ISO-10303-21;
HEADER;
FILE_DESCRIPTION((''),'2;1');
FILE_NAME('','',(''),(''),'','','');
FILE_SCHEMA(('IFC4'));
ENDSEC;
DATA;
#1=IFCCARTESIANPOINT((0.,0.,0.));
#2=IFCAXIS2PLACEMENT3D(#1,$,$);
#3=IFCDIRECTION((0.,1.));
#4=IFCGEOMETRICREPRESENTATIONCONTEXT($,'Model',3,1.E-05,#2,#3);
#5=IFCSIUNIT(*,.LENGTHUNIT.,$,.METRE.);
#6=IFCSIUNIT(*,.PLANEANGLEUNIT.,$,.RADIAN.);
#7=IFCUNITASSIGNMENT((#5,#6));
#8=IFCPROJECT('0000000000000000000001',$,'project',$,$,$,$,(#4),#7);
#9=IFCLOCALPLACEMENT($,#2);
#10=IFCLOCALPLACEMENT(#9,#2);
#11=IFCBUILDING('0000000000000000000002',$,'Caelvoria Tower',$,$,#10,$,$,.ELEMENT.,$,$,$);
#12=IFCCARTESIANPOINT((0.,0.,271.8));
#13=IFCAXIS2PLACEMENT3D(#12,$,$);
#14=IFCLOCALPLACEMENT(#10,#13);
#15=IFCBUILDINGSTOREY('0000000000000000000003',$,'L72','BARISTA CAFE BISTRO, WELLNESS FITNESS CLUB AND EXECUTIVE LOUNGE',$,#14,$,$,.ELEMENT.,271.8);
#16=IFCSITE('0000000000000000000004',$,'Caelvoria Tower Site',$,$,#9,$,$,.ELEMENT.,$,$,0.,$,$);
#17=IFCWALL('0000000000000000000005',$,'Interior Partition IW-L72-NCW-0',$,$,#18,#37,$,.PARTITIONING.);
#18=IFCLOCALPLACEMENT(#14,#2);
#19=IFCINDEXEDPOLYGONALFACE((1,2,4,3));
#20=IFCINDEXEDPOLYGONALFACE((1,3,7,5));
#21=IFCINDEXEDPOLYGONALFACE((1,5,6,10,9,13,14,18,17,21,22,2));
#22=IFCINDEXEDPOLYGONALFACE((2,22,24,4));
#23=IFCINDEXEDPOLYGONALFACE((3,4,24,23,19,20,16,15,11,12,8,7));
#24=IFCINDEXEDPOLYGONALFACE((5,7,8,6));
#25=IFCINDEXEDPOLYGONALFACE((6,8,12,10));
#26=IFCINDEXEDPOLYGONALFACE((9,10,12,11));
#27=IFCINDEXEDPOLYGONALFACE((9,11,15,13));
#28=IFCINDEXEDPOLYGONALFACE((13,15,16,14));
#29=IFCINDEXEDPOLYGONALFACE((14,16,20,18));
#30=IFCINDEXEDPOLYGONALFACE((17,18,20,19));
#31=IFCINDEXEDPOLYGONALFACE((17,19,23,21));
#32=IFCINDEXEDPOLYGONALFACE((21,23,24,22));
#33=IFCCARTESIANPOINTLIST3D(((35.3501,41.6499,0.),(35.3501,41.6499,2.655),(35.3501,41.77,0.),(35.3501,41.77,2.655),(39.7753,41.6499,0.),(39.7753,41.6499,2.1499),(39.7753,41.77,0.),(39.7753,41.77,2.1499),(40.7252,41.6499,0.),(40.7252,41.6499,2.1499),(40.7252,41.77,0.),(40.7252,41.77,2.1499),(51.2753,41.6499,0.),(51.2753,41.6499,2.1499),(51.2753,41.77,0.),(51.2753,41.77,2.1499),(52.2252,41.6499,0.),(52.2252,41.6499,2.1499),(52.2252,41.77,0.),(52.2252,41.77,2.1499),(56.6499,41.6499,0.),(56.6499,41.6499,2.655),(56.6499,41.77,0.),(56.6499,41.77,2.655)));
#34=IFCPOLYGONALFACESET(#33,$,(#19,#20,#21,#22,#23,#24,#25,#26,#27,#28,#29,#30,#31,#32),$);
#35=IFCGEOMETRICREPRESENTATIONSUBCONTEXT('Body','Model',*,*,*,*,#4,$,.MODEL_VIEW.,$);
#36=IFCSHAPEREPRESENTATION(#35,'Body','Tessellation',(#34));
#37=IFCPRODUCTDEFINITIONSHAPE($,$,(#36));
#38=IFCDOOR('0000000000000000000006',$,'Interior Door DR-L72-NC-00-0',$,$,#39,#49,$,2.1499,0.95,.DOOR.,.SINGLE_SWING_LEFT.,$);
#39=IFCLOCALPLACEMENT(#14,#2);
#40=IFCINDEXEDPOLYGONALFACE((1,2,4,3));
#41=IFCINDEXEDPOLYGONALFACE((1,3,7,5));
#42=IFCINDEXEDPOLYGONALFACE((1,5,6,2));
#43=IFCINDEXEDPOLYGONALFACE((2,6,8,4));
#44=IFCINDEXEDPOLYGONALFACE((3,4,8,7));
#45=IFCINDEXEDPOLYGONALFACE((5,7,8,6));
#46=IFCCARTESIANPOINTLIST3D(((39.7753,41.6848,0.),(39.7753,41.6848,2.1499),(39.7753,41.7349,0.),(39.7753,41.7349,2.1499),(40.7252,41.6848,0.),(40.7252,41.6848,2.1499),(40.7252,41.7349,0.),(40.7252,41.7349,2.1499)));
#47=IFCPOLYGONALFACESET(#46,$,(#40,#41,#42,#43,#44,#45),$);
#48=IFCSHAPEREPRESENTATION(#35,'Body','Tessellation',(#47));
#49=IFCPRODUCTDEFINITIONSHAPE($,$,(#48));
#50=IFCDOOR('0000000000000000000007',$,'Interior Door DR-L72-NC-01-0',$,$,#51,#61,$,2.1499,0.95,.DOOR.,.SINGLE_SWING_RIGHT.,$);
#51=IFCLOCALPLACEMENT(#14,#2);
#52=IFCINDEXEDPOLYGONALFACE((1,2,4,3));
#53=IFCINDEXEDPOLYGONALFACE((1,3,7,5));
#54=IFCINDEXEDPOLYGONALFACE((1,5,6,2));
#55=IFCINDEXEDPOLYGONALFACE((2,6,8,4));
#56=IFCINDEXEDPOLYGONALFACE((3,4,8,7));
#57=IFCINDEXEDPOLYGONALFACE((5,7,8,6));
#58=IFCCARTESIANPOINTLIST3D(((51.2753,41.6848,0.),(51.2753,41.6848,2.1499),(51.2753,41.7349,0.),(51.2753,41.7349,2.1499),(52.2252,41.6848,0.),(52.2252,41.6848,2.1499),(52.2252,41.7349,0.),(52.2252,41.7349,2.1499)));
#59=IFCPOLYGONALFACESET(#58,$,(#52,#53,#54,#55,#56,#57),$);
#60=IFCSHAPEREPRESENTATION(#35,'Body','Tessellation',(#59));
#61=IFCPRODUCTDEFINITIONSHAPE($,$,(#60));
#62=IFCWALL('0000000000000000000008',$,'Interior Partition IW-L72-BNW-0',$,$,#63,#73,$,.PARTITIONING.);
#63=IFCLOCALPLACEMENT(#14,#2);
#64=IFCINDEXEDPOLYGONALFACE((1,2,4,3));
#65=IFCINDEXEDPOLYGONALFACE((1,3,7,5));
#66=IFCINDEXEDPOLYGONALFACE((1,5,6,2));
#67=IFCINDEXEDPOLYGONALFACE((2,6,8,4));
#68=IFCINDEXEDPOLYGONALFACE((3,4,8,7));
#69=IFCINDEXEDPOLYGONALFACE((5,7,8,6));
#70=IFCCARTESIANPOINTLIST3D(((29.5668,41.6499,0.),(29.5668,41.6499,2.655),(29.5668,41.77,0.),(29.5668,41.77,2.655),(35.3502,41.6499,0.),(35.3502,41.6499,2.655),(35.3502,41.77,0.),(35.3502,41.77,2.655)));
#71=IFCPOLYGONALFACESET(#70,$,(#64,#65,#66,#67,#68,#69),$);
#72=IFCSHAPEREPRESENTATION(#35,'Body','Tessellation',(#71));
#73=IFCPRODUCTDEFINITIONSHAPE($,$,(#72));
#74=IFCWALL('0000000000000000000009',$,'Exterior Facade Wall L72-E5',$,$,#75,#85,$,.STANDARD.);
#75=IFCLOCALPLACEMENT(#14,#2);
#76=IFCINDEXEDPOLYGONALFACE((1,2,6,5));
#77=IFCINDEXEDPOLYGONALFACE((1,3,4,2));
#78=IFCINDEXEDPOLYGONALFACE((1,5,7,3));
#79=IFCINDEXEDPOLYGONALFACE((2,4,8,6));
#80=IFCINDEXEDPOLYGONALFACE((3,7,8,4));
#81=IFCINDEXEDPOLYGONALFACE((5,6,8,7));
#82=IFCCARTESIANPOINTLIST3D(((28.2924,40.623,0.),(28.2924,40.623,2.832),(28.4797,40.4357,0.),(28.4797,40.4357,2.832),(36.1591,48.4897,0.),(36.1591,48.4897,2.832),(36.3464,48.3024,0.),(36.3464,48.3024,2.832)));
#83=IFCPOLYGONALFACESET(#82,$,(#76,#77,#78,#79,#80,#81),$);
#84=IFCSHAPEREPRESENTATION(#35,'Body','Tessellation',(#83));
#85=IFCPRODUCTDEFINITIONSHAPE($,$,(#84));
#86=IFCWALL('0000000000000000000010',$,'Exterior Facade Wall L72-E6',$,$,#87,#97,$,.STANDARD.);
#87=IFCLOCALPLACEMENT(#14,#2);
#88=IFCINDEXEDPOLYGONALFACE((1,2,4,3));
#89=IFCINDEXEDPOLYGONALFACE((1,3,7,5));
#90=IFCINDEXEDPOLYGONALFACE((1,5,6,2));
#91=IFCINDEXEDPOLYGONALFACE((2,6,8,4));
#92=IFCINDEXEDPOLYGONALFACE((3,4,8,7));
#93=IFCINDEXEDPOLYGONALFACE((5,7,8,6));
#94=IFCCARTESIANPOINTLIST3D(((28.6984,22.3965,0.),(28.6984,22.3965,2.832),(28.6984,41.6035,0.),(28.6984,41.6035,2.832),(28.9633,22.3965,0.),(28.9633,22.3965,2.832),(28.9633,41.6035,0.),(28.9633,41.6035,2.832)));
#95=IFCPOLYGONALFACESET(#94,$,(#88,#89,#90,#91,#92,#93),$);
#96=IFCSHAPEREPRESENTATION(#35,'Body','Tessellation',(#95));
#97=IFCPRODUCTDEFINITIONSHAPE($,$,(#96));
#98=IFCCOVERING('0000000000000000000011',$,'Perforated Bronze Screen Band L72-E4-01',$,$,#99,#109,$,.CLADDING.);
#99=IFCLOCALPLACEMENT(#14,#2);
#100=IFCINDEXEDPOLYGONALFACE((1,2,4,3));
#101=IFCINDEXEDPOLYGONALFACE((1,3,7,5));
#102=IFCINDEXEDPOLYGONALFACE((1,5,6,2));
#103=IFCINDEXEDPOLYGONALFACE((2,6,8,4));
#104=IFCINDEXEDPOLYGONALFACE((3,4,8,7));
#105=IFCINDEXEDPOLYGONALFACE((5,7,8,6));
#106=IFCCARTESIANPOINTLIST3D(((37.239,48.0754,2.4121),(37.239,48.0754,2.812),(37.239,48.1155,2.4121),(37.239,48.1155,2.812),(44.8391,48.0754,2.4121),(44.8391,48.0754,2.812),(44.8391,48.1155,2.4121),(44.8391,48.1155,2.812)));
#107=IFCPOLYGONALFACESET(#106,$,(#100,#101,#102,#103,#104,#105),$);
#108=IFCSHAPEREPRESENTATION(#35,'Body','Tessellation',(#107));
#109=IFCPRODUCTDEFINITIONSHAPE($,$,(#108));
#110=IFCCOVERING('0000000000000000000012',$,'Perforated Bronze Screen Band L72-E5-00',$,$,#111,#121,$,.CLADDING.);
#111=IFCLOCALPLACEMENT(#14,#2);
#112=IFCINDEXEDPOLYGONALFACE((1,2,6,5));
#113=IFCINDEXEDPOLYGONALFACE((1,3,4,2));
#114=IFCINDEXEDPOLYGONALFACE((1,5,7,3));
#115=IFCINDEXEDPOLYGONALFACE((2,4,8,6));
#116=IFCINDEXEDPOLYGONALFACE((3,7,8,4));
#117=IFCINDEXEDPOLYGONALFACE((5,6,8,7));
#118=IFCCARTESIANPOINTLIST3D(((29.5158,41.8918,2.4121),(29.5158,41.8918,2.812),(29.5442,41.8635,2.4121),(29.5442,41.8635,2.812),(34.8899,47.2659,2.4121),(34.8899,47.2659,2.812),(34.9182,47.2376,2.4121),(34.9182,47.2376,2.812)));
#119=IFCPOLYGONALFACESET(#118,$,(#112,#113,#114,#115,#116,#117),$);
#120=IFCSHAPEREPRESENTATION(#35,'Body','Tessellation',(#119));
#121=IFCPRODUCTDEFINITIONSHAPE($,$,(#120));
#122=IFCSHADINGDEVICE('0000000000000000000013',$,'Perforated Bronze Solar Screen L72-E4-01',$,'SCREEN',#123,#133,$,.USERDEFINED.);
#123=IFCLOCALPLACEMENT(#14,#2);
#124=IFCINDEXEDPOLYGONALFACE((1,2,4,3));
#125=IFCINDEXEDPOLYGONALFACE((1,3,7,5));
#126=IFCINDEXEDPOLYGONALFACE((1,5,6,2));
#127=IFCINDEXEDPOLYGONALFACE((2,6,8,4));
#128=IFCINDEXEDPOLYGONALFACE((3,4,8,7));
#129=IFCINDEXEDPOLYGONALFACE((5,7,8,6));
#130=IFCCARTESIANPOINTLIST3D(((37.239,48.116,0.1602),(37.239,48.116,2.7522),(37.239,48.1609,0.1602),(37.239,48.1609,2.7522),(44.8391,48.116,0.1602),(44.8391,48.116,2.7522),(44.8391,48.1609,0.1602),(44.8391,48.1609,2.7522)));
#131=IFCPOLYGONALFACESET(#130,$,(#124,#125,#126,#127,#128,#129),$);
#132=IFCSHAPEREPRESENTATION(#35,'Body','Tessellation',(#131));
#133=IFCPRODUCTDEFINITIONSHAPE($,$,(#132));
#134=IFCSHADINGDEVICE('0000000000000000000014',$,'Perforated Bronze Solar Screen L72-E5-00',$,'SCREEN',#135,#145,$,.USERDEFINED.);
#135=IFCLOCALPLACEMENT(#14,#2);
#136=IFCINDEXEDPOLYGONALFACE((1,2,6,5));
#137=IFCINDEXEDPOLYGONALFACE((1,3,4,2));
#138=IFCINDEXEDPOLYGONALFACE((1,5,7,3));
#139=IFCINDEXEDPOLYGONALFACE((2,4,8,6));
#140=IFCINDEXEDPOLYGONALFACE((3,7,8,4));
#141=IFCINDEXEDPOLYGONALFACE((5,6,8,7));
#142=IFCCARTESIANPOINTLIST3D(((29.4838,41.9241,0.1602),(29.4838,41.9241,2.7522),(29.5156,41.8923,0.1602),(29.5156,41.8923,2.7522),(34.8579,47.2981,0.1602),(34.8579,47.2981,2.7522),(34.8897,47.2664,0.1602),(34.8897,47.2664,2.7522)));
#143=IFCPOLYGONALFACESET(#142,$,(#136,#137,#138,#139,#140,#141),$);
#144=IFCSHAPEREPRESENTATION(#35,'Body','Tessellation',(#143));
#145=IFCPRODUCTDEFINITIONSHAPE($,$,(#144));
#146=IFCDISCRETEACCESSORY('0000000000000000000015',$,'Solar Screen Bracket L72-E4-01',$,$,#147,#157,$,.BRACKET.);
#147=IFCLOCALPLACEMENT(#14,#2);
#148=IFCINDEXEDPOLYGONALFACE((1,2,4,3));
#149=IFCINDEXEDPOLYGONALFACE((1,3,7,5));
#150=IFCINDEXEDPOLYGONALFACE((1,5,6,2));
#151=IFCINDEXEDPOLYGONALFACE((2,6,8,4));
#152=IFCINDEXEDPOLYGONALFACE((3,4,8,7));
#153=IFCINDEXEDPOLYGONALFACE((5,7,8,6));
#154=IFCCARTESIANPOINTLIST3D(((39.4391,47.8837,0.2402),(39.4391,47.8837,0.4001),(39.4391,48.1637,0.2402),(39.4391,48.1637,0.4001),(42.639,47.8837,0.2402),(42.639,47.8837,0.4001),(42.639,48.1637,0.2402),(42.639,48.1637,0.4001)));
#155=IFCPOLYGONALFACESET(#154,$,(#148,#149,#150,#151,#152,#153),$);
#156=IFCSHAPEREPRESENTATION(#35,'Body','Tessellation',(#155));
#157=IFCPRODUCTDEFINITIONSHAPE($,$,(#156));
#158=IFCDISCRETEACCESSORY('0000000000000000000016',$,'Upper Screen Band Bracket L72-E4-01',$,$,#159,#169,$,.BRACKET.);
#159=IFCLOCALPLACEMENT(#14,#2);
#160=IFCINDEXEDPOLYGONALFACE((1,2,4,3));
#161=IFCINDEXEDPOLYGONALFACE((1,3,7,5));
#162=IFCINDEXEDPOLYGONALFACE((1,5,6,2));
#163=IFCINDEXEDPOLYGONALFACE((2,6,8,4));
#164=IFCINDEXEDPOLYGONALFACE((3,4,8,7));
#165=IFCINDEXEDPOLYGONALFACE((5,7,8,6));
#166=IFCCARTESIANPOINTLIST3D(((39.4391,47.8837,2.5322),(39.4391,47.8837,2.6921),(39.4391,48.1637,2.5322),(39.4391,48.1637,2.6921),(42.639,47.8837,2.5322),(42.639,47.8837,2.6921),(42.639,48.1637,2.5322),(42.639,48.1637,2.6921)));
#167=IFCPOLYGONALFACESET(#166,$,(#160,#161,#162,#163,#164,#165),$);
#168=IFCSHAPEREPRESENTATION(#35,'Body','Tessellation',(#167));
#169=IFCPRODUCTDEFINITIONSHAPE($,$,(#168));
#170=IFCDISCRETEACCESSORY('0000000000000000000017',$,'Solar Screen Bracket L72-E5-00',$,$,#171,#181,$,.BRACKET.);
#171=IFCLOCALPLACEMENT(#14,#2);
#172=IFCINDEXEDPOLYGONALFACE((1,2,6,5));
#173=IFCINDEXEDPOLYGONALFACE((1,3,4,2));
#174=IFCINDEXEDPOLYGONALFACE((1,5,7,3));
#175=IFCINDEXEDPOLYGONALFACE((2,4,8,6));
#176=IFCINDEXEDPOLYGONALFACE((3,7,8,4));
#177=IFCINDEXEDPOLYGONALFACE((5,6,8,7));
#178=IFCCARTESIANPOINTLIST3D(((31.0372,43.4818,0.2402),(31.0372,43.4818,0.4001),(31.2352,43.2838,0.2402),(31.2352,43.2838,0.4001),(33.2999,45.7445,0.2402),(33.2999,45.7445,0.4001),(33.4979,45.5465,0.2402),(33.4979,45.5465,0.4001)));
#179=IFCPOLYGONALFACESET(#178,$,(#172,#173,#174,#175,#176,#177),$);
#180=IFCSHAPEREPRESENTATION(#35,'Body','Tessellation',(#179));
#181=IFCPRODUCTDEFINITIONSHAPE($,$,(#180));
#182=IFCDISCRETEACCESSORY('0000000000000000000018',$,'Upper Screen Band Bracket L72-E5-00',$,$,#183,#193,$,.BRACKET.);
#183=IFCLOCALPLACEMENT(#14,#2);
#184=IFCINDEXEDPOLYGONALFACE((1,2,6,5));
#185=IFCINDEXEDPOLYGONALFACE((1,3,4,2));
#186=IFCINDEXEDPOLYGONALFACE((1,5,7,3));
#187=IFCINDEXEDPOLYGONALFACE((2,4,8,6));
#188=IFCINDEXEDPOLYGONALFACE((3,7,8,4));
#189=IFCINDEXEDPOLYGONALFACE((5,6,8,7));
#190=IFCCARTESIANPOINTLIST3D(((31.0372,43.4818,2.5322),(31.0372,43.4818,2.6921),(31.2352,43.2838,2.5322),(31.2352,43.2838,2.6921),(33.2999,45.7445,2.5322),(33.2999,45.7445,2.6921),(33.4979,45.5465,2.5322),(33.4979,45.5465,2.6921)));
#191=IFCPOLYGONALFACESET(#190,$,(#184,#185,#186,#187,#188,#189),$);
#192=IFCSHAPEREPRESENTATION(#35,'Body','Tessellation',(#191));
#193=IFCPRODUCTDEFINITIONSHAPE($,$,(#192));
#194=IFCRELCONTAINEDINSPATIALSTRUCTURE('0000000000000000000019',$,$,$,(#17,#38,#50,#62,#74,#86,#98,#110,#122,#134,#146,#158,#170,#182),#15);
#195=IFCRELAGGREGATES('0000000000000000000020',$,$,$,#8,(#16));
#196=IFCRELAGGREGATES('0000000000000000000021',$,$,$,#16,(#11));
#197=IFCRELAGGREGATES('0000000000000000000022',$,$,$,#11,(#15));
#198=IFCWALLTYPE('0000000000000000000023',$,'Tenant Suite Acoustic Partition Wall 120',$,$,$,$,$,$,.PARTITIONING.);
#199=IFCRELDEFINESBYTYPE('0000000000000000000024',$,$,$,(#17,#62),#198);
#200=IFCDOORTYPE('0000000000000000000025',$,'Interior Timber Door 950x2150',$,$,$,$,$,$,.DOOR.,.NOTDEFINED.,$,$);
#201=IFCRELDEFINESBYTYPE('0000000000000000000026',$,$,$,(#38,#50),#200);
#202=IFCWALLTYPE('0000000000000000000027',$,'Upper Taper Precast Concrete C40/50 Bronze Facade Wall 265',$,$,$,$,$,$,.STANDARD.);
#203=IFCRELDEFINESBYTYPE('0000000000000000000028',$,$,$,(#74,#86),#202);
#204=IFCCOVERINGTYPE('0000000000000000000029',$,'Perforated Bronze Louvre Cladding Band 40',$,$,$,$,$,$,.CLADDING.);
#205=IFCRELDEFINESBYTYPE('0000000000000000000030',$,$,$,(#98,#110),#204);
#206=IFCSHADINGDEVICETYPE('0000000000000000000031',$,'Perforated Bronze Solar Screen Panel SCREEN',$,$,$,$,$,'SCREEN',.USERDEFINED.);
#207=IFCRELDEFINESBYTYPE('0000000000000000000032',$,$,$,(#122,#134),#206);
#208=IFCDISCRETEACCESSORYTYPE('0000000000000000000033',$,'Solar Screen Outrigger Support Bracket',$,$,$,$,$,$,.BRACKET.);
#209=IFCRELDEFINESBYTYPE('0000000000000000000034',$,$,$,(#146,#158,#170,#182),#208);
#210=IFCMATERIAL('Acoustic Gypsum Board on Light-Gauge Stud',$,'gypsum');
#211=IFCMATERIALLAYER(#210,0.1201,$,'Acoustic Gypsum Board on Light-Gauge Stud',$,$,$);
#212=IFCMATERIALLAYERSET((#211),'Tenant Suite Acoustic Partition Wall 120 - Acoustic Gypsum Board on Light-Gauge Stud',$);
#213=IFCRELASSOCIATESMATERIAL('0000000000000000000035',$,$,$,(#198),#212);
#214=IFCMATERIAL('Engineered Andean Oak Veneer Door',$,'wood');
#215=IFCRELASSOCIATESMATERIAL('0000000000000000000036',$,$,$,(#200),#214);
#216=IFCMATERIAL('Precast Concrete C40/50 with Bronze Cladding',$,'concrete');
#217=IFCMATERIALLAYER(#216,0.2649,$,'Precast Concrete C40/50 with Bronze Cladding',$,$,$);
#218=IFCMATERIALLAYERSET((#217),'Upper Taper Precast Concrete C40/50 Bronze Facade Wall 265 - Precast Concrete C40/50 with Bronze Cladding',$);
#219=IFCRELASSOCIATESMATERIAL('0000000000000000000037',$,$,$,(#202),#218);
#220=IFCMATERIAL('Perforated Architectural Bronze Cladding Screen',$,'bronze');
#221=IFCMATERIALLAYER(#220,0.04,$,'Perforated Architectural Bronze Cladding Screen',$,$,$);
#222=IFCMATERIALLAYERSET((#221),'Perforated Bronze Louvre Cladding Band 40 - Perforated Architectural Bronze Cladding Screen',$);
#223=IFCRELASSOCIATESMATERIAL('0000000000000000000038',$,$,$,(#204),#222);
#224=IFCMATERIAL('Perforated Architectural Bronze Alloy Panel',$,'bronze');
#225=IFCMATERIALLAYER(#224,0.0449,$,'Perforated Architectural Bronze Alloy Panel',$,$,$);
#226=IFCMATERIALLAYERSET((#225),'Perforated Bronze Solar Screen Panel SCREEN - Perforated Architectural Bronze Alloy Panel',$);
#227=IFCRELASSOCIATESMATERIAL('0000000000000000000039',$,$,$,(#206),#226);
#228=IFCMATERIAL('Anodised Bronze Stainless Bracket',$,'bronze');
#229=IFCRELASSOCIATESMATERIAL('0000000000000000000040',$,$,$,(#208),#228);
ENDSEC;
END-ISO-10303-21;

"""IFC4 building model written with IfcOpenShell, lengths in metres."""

from ifc_helpers import new_model, si_unit, direction, frame, frame_2d, origin, origin_2d, place, context, subcontext, project, spatial, rectangle, extrude, material, layer, layer_set, type_object, element, fill, save


model = new_model("IFC4")

# Units and contexts
model_context = context("Model", 3, precision=1e-05, world=origin(), true_north=direction((0.0, 1.0)))
body_context = subcontext(model_context, "Body", "Model", "MODEL_VIEW")
ifc_project = project(units=[si_unit("LENGTHUNIT", "METRE"), si_unit("PLANEANGLEUNIT", "RADIAN")], contexts=[model_context])

# Site, building, storey
site_placement = place(None, origin())
site = spatial("IfcSite", under=ifc_project, at=site_placement, Name="Caelvoria Tower Site", CompositionType="ELEMENT", RefElevation=0.0)
building_placement = place(site_placement, origin())
building = spatial("IfcBuilding", under=site, at=building_placement, Name="Caelvoria Tower", CompositionType="ELEMENT")
storey_placement = place(building_placement, frame((0.0, 0.0, 271.8)))
storey = spatial("IfcBuildingStorey", under=building, at=storey_placement, Name="L72", Description="BARISTA CAFE BISTRO, WELLNESS FITNESS CLUB AND EXECUTIVE LOUNGE", CompositionType="ELEMENT", Elevation=271.8)

# Wall, openings, doors
ifc_material_1 = material(Name="Acoustic Gypsum Board on Light-Gauge Stud", Category="gypsum")
ifc_layer_1 = layer(ifc_material_1, 0.1201, Name="Acoustic Gypsum Board on Light-Gauge Stud")
ifc_layer_set_1 = layer_set([ifc_layer_1], Name="Tenant Suite Acoustic Partition Wall 120 - Acoustic Gypsum Board on Light-Gauge Stud")
wall_type_1 = type_object("IfcWallType", Name="Tenant Suite Acoustic Partition Wall 120", PredefinedType="PARTITIONING", material=ifc_layer_set_1)
wall_1_placement = place(storey_placement, frame((35.3501, 41.71, 0.0), z_axis=(0.0, 0.0, 1.0), x_axis=(1.0, 0.0, 0.0)))
wall_1 = element("IfcWall", 1, at=wall_1_placement, inside=storey, type_object=wall_type_1, Name="Interior Partition IW-L72-NCW-0", PredefinedType="PARTITIONING", context=body_context, shape_type="SweptSolid", body=[
    extrude(rectangle(XDim=21.2998, YDim=0.1201, at=frame_2d((10.6499, 0.0))), origin(), (0.0, 0.0, 1.0), 2.655),
])
opening_1_placement = place(wall_1_placement, frame((4.425, 0.0, 0.0)))
opening_1 = element("IfcOpeningElement", 2, at=opening_1_placement, cuts=wall_1, PredefinedType="OPENING", context=body_context, shape_type="SweptSolid", body=[
    extrude(rectangle(XDim=0.95, YDim=2.1499, at=frame_2d((0.4751, 1.075))), frame((0.0, 0.0701, 0.0), z_axis=(0.0, -1.0, 0.0), x_axis=(1.0, 0.0, 0.0)), (0.0, 0.0, 1.0), 0.1401),
])
opening_2_placement = place(wall_1_placement, frame((15.925, 0.0, 0.0)))
opening_2 = element("IfcOpeningElement", 3, at=opening_2_placement, cuts=wall_1, PredefinedType="OPENING", context=body_context, shape_type="SweptSolid", body=[
    extrude(rectangle(XDim=0.95, YDim=2.1499, at=frame_2d((0.4751, 1.075))), frame((0.0, 0.0701, 0.0), z_axis=(0.0, -1.0, 0.0), x_axis=(1.0, 0.0, 0.0)), (0.0, 0.0, 1.0), 0.1401),
])
ifc_material_2 = material(Name="Engineered Andean Oak Veneer Door", Category="wood")
door_type = type_object("IfcDoorType", Name="Interior Timber Door 950x2150", OperationType="NOTDEFINED", PredefinedType="DOOR", material=ifc_material_2)
door_1_placement = place(opening_1_placement, origin())
door_1 = element("IfcDoor", 4, at=door_1_placement, inside=storey, type_object=door_type, Name="Interior Door DR-L72-NC-00-0", OperationType="SINGLE_SWING_LEFT", OverallHeight=2.1499, OverallWidth=0.95, PredefinedType="DOOR", context=body_context, shape_type="SweptSolid", body=[
    extrude(rectangle(XDim=0.95, YDim=2.1499, at=frame_2d((0.4751, 1.075))), frame((0.0, 0.0249, 0.0), z_axis=(0.0, -1.0, 0.0), x_axis=(1.0, 0.0, 0.0)), (0.0, 0.0, 1.0), 0.05),
])
fill(opening_1, door_1)
door_2_placement = place(opening_2_placement, origin())
door_2 = element("IfcDoor", 5, at=door_2_placement, inside=storey, type_object=door_type, Name="Interior Door DR-L72-NC-01-0", OperationType="SINGLE_SWING_RIGHT", OverallHeight=2.1499, OverallWidth=0.95, PredefinedType="DOOR", context=body_context, shape_type="SweptSolid", body=[
    extrude(rectangle(XDim=0.95, YDim=2.1499, at=frame_2d((0.4751, 1.075))), frame((0.0, 0.0249, 0.0), z_axis=(0.0, -1.0, 0.0), x_axis=(1.0, 0.0, 0.0)), (0.0, 0.0, 1.0), 0.05),
])
fill(opening_2, door_2)

# Walls
wall_2_placement = place(storey_placement, frame((35.3501, 41.71, 0.0), z_axis=(0.0, 0.0, 1.0), x_axis=(-1.0, 0.0, 0.0)))
element("IfcWall", 6, at=wall_2_placement, inside=storey, type_object=wall_type_1, Name="Interior Partition IW-L72-BNW-0", PredefinedType="PARTITIONING", context=body_context, shape_type="SweptSolid", body=[
    extrude(rectangle(XDim=5.7834, YDim=0.1201, at=frame_2d((2.8916, 0.0))), origin(), (0.0, 0.0, 1.0), 2.655),
])
ifc_material_3 = material(Name="Precast Concrete C40/50 with Bronze Cladding", Category="concrete")
ifc_layer_2 = layer(ifc_material_3, 0.2649, Name="Precast Concrete C40/50 with Bronze Cladding")
ifc_layer_set_2 = layer_set([ifc_layer_2], Name="Upper Taper Precast Concrete C40/50 Bronze Facade Wall 265 - Precast Concrete C40/50 with Bronze Cladding")
wall_type_2 = type_object("IfcWallType", Name="Upper Taper Precast Concrete C40/50 Bronze Facade Wall 265", PredefinedType="STANDARD", material=ifc_layer_set_2)
wall_3_placement = place(storey_placement, frame((36.2527, 48.396, 0.0), z_axis=(0.0, 0.0, 1.0), x_axis=(-0.707107, -0.707107, 0.0)))
element("IfcWall", 7, at=wall_3_placement, inside=storey, type_object=wall_type_2, Name="Exterior Facade Wall L72-E5", PredefinedType="STANDARD", context=body_context, shape_type="SweptSolid", body=[
    extrude(rectangle(XDim=11.1252, YDim=0.2649, at=frame_2d((5.5625, 0.0))), origin(), (0.0, 0.0, 1.0), 2.832),
])
wall_4_placement = place(storey_placement, frame((28.8308, 41.6035, 0.0), z_axis=(0.0, 0.0, 1.0), x_axis=(0.0, -1.0, 0.0)))
element("IfcWall", 8, at=wall_4_placement, inside=storey, type_object=wall_type_2, Name="Exterior Facade Wall L72-E6", PredefinedType="STANDARD", context=body_context, shape_type="SweptSolid", body=[
    extrude(rectangle(XDim=19.207, YDim=0.2649, at=frame_2d((9.6035, 0.0))), origin(), (0.0, 0.0, 1.0), 2.832),
])

# Coverings
ifc_material_4 = material(Name="Perforated Architectural Bronze Cladding Screen", Category="bronze")
ifc_layer_3 = layer(ifc_material_4, 0.04, Name="Perforated Architectural Bronze Cladding Screen")
ifc_layer_set_3 = layer_set([ifc_layer_3], Name="Perforated Bronze Louvre Cladding Band 40 - Perforated Architectural Bronze Cladding Screen")
covering_type = type_object("IfcCoveringType", Name="Perforated Bronze Louvre Cladding Band 40", PredefinedType="CLADDING", material=ifc_layer_set_3)
for number, where, z_axis, x_axis, name in (
    (9, (41.0391, 48.0955, 2.4121), (0.0, 0.0, 1.0), (-1.0, 0.0, 0.0), "Perforated Bronze Screen Band L72-E4-01"),
    (10, (32.217, 44.5647, 2.4121), (0.0, 0.0, 1.0), (-0.707107, -0.707107, 0.0), "Perforated Bronze Screen Band L72-E5-00"),
):
    element("IfcCovering", number, at=place(storey_placement, frame(where, z_axis=z_axis, x_axis=x_axis)), inside=storey, type_object=covering_type, Name=name, PredefinedType="CLADDING", context=body_context, shape_type="SweptSolid", body=[
        extrude(rectangle(XDim=7.6001, YDim=0.04, at=origin_2d()), origin(), (0.0, 0.0, 1.0), 0.3999),
    ])

# Shading devices
ifc_material_5 = material(Name="Perforated Architectural Bronze Alloy Panel", Category="bronze")
ifc_layer_4 = layer(ifc_material_5, 0.0449, Name="Perforated Architectural Bronze Alloy Panel")
ifc_layer_set_4 = layer_set([ifc_layer_4], Name="Perforated Bronze Solar Screen Panel SCREEN - Perforated Architectural Bronze Alloy Panel")
shading_device_type = type_object("IfcShadingDeviceType", Name="Perforated Bronze Solar Screen Panel SCREEN", ElementType="SCREEN", PredefinedType="USERDEFINED", material=ifc_layer_set_4)
for number, where, z_axis, x_axis, name in (
    (11, (41.0391, 48.1384, 0.1602), (0.0, 0.0, 1.0), (-1.0, 0.0, 0.0), "Perforated Bronze Solar Screen L72-E4-01"),
    (12, (32.1868, 44.5952, 0.1602), (0.0, 0.0, 1.0), (-0.707107, -0.707107, 0.0), "Perforated Bronze Solar Screen L72-E5-00"),
):
    element("IfcShadingDevice", number, at=place(storey_placement, frame(where, z_axis=z_axis, x_axis=x_axis)), inside=storey, type_object=shading_device_type, Name=name, ObjectType="SCREEN", PredefinedType="USERDEFINED", context=body_context, shape_type="SweptSolid", body=[
        extrude(rectangle(XDim=7.6001, YDim=0.0449, at=origin_2d()), origin(), (0.0, 0.0, 1.0), 2.592),
    ])

# Discrete accessories
ifc_material_6 = material(Name="Anodised Bronze Stainless Bracket", Category="bronze")
discrete_accessory_type = type_object("IfcDiscreteAccessoryType", Name="Solar Screen Outrigger Support Bracket", PredefinedType="BRACKET", material=ifc_material_6)
for number, where, z_axis, x_axis, name in (
    (13, (41.0391, 48.0237, 0.2402), (0.0, 0.0, 1.0), (-1.0, 0.0, 0.0), "Solar Screen Bracket L72-E4-01"),
    (14, (41.0391, 48.0237, 2.5322), (0.0, 0.0, 1.0), (-1.0, 0.0, 0.0), "Upper Screen Band Bracket L72-E4-01"),
    (15, (32.2676, 44.5142, 0.2402), (0.0, 0.0, 1.0), (-0.707107, -0.707107, 0.0), "Solar Screen Bracket L72-E5-00"),
    (16, (32.2676, 44.5142, 2.5322), (0.0, 0.0, 1.0), (-0.707107, -0.707107, 0.0), "Upper Screen Band Bracket L72-E5-00"),
):
    element("IfcDiscreteAccessory", number, at=place(storey_placement, frame(where, z_axis=z_axis, x_axis=x_axis)), inside=storey, type_object=discrete_accessory_type, Name=name, PredefinedType="BRACKET", context=body_context, shape_type="SweptSolid", body=[
        extrude(rectangle(XDim=3.2, YDim=0.28, at=origin_2d()), origin(), (0.0, 0.0, 1.0), 0.1599),
    ])

save(model, "model.ifc")
